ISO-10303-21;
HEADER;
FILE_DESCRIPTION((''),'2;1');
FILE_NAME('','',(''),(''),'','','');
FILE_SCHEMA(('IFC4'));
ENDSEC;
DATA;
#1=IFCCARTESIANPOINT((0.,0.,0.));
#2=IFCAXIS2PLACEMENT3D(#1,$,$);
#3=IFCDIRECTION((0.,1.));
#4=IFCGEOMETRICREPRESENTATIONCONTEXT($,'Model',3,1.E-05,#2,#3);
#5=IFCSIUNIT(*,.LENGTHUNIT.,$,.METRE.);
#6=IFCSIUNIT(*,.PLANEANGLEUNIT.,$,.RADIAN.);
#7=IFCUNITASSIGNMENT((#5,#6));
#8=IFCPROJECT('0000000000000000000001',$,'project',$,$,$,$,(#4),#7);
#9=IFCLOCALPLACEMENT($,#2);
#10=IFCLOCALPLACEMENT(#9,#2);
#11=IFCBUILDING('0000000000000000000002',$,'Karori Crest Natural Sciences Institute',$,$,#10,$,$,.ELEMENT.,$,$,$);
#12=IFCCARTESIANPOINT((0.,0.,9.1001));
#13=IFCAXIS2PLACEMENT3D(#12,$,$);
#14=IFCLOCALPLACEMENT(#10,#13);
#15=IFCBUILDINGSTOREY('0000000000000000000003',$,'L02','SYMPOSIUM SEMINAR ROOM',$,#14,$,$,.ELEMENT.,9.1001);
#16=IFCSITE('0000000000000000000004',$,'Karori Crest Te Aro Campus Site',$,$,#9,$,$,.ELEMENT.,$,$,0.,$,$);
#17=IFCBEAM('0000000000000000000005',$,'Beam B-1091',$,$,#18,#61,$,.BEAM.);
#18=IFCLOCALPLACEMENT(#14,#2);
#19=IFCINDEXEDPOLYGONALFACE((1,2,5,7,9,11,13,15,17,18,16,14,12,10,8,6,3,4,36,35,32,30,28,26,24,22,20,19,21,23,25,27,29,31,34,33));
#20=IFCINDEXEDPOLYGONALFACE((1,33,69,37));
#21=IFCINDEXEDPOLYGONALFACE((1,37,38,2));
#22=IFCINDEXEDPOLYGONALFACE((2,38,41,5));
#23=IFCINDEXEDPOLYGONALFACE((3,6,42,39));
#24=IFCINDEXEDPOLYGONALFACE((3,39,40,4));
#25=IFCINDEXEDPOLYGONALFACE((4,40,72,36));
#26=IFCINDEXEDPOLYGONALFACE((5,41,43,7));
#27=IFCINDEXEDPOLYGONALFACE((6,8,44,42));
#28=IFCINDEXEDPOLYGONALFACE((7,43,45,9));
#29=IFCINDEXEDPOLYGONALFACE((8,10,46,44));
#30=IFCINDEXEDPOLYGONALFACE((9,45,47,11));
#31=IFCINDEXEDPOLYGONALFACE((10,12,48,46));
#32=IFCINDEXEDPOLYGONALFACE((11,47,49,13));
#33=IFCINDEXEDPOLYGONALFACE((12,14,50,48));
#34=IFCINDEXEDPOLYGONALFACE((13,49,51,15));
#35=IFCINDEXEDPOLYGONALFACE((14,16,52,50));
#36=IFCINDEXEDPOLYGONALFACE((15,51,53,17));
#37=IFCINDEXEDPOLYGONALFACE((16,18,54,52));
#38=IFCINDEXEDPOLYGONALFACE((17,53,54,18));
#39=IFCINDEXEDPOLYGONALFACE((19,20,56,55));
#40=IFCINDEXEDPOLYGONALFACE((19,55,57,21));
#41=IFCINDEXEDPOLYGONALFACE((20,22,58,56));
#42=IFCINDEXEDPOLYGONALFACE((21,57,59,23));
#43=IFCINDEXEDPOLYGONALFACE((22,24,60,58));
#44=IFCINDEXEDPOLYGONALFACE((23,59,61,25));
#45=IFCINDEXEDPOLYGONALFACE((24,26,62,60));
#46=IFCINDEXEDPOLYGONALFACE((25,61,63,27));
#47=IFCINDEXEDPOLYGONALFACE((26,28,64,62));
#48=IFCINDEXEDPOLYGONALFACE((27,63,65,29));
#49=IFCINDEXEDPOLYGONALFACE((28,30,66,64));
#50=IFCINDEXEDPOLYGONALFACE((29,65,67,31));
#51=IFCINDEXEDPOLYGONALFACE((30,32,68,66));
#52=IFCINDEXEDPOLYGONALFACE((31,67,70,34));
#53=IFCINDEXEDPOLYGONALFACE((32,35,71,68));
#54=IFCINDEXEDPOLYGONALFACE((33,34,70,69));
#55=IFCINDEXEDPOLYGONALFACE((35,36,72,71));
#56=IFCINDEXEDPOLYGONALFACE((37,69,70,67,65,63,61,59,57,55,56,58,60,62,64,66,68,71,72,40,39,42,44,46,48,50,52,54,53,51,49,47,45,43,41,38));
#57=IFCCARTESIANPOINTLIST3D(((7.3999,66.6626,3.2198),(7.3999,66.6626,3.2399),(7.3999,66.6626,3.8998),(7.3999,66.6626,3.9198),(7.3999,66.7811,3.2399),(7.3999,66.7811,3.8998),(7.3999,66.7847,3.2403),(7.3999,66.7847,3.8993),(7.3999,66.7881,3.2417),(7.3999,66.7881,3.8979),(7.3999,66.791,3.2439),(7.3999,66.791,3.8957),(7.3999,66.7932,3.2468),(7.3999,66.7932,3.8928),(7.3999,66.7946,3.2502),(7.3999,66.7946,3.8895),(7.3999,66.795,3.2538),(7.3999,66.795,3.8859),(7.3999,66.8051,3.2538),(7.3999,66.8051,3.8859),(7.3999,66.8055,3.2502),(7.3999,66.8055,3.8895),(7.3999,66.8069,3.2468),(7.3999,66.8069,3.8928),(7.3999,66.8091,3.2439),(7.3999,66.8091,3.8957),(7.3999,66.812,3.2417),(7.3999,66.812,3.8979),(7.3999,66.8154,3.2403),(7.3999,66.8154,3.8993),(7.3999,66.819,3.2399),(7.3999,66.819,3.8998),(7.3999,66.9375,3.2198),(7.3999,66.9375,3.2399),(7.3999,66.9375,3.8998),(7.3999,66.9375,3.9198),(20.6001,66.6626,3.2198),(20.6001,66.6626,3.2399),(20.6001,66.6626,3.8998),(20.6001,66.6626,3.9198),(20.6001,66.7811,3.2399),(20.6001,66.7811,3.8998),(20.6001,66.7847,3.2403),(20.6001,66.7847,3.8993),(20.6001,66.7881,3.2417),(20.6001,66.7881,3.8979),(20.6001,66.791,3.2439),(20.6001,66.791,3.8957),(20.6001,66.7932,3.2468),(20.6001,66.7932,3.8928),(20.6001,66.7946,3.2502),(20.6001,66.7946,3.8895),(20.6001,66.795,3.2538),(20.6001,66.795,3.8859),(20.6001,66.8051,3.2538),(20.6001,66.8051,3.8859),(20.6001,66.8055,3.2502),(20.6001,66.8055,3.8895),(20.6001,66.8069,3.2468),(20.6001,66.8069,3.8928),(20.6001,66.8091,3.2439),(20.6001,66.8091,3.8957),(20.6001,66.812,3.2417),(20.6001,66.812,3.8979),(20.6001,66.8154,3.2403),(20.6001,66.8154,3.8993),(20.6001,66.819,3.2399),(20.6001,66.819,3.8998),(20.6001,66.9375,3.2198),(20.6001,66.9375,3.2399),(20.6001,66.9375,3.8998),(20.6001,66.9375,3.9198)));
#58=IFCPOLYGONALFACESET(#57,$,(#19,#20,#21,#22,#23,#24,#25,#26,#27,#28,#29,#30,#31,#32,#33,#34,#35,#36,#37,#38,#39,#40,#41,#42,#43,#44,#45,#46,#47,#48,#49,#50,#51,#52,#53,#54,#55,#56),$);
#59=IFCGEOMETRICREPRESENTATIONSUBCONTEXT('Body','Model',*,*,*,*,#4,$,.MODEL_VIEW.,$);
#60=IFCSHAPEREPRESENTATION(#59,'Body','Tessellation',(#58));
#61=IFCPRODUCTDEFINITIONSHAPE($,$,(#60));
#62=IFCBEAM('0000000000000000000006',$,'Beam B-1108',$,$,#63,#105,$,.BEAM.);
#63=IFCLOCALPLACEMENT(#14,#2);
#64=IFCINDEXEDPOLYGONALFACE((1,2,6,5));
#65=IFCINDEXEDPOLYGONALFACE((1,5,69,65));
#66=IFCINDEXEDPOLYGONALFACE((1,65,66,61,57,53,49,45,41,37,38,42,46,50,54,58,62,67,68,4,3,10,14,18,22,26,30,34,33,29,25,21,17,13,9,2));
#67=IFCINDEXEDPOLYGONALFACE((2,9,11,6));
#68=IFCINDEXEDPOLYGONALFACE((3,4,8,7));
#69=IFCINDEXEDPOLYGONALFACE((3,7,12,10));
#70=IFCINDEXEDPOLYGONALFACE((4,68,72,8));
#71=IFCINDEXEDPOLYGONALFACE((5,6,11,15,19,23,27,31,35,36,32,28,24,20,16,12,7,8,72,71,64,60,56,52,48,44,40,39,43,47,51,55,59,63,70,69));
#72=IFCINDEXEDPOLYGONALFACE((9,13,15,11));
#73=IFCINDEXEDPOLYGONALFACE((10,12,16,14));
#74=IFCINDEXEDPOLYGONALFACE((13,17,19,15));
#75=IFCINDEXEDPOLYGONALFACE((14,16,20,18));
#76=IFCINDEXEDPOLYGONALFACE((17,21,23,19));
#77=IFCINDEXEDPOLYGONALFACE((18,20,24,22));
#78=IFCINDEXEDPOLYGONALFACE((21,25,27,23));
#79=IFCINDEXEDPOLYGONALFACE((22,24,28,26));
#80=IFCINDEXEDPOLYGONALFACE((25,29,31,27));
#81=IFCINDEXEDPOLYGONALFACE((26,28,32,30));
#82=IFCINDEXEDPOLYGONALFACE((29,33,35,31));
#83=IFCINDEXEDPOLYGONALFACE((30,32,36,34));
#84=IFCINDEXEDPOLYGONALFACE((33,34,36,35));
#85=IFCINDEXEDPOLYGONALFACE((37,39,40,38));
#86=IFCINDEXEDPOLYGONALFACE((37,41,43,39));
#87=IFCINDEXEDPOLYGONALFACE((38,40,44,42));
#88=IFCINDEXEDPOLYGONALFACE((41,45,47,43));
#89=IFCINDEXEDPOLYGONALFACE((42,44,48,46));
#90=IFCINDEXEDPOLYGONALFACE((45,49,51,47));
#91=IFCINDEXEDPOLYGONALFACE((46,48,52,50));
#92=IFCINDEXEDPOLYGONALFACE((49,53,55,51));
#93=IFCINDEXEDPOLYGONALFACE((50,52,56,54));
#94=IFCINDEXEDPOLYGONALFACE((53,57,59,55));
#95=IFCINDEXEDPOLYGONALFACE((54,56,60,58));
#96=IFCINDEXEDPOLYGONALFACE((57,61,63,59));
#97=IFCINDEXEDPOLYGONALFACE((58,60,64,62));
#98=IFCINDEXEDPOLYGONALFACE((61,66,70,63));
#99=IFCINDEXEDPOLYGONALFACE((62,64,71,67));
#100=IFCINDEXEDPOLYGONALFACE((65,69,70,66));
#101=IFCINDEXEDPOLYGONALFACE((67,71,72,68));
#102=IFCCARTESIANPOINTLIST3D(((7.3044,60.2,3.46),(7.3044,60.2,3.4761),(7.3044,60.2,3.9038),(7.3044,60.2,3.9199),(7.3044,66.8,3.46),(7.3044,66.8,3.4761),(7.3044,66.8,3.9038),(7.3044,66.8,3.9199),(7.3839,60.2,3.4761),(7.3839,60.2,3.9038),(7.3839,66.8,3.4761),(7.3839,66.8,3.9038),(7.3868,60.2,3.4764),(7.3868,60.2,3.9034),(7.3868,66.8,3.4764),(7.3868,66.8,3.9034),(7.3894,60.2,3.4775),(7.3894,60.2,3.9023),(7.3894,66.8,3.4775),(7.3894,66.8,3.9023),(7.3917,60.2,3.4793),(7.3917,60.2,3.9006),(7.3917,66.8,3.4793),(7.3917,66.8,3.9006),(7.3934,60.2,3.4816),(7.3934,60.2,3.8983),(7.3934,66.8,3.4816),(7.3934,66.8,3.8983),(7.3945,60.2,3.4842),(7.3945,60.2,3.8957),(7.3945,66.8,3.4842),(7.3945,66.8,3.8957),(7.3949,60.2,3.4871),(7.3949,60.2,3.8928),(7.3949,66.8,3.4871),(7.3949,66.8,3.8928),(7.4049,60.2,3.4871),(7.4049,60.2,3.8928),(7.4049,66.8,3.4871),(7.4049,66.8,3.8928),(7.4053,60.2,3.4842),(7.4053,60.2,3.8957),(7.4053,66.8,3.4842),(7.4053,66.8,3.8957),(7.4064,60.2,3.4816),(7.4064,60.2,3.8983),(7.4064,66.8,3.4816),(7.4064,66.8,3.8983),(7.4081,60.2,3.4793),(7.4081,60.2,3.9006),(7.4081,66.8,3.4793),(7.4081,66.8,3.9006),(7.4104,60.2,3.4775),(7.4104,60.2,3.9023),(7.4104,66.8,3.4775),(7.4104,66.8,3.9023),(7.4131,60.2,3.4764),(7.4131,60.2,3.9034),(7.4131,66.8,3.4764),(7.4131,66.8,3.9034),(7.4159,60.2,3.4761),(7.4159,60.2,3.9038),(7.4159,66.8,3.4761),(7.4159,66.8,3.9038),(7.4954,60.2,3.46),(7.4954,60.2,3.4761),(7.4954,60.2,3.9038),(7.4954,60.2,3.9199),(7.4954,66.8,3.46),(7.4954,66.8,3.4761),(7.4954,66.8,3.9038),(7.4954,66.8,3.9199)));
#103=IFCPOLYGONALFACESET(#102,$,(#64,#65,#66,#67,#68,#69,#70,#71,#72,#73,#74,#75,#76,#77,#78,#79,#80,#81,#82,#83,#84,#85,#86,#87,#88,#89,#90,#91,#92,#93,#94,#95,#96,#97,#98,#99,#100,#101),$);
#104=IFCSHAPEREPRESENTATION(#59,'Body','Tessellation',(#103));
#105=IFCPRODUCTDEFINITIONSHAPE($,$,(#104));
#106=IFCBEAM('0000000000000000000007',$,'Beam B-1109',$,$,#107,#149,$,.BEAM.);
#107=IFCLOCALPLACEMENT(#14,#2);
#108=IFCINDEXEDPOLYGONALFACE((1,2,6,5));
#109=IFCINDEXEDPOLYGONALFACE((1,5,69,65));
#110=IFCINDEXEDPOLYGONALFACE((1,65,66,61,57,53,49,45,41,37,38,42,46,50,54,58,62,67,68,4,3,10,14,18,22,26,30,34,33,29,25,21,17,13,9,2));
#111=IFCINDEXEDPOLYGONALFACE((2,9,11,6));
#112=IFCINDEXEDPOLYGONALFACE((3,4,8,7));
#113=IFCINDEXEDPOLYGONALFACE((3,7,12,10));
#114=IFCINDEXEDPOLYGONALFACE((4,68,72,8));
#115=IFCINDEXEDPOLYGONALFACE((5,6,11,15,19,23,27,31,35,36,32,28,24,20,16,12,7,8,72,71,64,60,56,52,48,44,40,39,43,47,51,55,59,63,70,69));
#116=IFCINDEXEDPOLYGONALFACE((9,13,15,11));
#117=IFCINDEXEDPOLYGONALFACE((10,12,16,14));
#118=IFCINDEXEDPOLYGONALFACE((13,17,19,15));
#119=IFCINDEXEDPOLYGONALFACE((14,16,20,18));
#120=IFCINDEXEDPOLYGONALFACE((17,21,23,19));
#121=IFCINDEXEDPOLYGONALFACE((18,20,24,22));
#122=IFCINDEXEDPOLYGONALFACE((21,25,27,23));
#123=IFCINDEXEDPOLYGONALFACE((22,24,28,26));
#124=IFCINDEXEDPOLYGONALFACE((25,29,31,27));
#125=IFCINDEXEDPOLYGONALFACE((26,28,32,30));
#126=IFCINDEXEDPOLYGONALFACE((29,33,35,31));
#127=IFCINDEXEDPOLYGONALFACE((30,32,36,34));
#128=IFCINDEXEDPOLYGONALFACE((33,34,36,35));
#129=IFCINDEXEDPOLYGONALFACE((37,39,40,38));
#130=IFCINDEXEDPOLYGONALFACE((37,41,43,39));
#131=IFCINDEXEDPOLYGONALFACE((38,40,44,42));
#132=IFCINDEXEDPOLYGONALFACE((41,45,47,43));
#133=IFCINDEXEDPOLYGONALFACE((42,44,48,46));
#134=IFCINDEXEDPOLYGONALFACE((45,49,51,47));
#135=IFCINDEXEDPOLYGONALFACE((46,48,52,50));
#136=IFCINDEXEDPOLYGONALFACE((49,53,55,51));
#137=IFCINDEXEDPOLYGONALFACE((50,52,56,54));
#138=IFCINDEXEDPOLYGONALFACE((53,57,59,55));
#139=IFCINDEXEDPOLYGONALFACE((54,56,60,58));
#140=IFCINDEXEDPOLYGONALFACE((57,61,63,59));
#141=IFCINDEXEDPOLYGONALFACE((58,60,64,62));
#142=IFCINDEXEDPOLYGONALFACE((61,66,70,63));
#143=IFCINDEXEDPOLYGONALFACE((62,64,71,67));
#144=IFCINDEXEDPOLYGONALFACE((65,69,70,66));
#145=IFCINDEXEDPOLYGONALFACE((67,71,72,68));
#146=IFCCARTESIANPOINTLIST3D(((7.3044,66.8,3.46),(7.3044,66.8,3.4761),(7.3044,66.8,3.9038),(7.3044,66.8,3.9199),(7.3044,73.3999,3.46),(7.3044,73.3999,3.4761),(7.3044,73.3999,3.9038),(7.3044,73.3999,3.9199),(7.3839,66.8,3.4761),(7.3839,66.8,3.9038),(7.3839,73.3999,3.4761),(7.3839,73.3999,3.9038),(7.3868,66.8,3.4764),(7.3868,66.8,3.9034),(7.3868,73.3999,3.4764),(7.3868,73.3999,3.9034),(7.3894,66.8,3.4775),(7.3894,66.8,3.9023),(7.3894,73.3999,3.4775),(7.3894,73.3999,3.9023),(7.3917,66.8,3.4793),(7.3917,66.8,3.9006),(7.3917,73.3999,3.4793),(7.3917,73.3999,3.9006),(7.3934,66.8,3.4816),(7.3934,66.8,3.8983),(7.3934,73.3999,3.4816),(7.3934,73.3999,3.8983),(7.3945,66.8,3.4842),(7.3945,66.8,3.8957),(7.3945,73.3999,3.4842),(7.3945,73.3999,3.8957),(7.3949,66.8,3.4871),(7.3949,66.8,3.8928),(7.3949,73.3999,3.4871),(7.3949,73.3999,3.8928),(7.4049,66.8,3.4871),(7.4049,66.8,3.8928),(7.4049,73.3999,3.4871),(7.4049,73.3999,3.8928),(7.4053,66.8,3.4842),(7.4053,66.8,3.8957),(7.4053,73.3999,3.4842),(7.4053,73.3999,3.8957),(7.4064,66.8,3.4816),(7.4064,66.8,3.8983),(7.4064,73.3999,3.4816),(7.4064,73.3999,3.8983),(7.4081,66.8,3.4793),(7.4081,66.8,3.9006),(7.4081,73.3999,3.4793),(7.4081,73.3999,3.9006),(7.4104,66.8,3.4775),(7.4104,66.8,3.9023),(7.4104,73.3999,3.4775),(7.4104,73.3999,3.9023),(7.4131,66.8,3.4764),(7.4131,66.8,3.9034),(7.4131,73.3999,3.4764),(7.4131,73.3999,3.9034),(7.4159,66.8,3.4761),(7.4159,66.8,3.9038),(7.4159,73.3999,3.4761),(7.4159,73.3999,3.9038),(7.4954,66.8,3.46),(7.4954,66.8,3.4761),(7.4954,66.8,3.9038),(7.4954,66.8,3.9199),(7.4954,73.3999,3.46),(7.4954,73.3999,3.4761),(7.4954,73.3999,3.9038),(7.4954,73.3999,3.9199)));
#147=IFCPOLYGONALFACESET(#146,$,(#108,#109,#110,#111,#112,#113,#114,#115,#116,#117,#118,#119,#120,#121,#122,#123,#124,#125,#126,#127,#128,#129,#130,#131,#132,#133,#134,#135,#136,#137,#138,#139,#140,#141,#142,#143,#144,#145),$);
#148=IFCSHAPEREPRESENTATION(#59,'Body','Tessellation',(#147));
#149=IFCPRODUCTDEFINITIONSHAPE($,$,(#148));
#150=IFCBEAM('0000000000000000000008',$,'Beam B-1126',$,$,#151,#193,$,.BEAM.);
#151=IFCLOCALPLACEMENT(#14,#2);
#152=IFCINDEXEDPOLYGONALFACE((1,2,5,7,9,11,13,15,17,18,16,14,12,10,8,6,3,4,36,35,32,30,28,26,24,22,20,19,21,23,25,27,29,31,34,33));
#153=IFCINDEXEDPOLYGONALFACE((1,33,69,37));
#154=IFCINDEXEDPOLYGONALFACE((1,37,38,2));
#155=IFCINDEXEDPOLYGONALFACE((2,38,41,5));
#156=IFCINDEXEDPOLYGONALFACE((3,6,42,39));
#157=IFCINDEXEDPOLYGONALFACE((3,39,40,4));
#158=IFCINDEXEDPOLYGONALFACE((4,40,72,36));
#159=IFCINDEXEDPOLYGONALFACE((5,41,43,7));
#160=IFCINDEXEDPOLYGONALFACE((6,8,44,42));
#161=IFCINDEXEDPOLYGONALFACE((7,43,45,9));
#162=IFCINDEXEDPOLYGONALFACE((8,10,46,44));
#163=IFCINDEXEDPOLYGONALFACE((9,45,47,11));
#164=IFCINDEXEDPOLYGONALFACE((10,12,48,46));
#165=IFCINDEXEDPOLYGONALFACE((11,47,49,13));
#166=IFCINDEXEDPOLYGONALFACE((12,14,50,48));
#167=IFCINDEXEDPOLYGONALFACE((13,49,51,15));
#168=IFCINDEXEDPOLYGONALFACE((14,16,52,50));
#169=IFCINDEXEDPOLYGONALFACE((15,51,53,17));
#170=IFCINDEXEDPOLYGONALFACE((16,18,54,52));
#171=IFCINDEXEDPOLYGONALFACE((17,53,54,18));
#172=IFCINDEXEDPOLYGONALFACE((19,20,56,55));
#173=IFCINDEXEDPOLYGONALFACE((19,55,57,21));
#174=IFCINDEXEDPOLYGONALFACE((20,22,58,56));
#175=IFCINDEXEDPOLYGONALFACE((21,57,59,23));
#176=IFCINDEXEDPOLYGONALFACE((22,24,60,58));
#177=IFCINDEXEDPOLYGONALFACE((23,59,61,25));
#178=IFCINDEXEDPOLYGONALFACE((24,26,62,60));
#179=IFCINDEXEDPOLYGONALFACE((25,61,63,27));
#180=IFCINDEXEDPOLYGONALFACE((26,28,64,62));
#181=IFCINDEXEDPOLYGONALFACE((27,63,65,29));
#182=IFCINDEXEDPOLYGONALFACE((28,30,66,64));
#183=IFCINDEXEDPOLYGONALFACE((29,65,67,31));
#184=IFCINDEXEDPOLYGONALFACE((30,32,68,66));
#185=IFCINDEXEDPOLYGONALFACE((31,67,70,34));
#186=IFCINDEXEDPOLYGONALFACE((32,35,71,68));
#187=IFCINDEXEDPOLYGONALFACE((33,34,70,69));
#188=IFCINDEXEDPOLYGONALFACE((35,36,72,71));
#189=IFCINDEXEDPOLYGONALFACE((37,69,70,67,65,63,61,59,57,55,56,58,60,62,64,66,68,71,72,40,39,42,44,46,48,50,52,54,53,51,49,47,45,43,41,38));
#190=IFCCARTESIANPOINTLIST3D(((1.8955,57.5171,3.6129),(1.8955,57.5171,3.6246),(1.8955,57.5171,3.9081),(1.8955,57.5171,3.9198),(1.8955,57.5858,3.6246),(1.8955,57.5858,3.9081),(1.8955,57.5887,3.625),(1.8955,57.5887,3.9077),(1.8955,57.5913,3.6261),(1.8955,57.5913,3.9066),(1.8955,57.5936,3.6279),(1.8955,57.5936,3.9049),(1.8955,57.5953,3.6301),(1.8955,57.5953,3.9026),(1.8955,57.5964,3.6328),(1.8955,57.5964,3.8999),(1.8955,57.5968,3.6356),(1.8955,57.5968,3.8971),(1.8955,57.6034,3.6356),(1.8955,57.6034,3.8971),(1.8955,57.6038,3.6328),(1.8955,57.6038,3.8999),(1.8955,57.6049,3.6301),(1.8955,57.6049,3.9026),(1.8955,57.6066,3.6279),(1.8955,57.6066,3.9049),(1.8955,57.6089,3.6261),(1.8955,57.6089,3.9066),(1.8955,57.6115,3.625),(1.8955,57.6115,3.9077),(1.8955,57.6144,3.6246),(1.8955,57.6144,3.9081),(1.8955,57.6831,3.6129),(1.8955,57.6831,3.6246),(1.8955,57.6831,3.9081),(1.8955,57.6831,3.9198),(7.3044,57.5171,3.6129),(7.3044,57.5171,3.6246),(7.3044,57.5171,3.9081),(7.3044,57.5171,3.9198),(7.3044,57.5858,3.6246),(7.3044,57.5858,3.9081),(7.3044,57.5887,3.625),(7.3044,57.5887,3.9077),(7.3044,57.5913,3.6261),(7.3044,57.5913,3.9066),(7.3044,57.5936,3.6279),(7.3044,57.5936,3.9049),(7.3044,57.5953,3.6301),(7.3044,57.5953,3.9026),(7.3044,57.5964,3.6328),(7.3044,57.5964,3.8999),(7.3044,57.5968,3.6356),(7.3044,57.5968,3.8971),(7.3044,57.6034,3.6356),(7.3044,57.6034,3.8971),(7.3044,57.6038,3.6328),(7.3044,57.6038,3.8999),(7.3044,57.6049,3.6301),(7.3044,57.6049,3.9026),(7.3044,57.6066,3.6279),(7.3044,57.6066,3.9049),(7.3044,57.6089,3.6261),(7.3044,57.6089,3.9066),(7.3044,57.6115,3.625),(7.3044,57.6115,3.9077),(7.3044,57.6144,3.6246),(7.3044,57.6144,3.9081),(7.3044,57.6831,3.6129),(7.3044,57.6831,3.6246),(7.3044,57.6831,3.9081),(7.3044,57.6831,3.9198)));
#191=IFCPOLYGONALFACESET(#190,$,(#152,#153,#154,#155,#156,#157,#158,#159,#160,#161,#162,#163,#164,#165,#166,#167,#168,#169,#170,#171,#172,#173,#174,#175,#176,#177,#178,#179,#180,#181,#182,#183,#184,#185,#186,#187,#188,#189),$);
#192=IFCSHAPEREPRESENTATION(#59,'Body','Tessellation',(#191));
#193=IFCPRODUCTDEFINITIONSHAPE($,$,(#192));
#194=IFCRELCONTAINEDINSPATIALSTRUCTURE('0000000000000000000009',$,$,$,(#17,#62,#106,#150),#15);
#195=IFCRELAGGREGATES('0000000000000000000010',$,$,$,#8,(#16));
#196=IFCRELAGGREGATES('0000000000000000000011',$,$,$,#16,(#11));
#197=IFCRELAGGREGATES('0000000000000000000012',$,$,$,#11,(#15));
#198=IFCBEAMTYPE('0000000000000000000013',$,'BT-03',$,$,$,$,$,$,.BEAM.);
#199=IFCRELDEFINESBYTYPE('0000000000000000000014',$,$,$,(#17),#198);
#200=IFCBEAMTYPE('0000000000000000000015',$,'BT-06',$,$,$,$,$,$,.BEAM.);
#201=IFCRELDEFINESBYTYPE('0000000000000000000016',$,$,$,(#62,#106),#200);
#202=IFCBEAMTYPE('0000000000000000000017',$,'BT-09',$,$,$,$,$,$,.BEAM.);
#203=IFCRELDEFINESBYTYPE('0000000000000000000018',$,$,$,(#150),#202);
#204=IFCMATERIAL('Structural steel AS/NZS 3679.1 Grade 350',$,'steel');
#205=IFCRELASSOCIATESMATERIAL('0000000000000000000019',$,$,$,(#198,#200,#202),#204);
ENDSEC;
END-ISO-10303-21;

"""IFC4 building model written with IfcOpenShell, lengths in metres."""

from ifc_helpers import new_model, si_unit, direction, frame, origin, origin_2d, place, context, subcontext, project, spatial, i_section, extrude, material, material_profile, profile_set, type_object, element, save


model = new_model("IFC4")

# Units and contexts
model_context = context("Model", 3, precision=1e-05, world=origin(), true_north=direction((0.0, 1.0)))
body_context = subcontext(model_context, "Body", "Model", "MODEL_VIEW")
ifc_project = project(units=[si_unit("LENGTHUNIT", "METRE"), si_unit("PLANEANGLEUNIT", "RADIAN")], contexts=[model_context])

# Site, building, storey
site_placement = place(None, origin())
site = spatial("IfcSite", under=ifc_project, at=site_placement, Name="Karori Crest Te Aro Campus Site", CompositionType="ELEMENT", RefElevation=0.0)
building_placement = place(site_placement, origin())
building = spatial("IfcBuilding", under=site, at=building_placement, Name="Karori Crest Natural Sciences Institute", CompositionType="ELEMENT")
storey_placement = place(building_placement, frame((0.0, 0.0, 9.1001)))
storey = spatial("IfcBuildingStorey", under=building, at=storey_placement, Name="L02", Description="SYMPOSIUM SEMINAR ROOM", CompositionType="ELEMENT", Elevation=9.1001)

# Shared definitions
ifc_material_1 = material(Name="Structural steel AS/NZS 3679.1 Grade 350", Category="steel")

# Beams
ifc_material_profile_1 = material_profile(ifc_material_1, i_section(OverallWidth=0.2749, OverallDepth=0.7, WebThickness=0.01, FlangeThickness=0.02, FilletRadius=0.0139, at=origin_2d()), Name="700WB150")
ifc_profile_set_1 = profile_set([ifc_material_profile_1], Name="Structural steel AS/NZS 3679.1 Grade 350")
beam_type_1 = type_object("IfcBeamType", Name="BT-03", PredefinedType="BEAM", material=ifc_profile_set_1)
for number, where, z_axis, x_axis, name in (
    (1, (7.3999, 66.8, 3.5698), (1.0, 0.0, 0.0), (0.0, 1.0, 0.0), "Beam B-1091"),
):
    element("IfcBeam", number, at=place(storey_placement, frame(where, z_axis=z_axis, x_axis=x_axis)), inside=storey, type_object=beam_type_1, Name=name, PredefinedType="BEAM", context=body_context, shape_type="SweptSolid", body=[
        extrude(i_section(OverallWidth=0.2749, OverallDepth=0.7, WebThickness=0.01, FlangeThickness=0.02, FilletRadius=0.0139, at=origin_2d()), origin(), (0.0, 0.0, 1.0), 13.2002),
    ])
ifc_material_profile_2 = material_profile(ifc_material_1, i_section(OverallWidth=0.1909, OverallDepth=0.46, WebThickness=0.01, FlangeThickness=0.0161, FilletRadius=0.011, at=origin_2d()), Name="460UB82.1")
ifc_profile_set_2 = profile_set([ifc_material_profile_2], Name="Structural steel AS/NZS 3679.1 Grade 350")
beam_type_2 = type_object("IfcBeamType", Name="BT-06", PredefinedType="BEAM", material=ifc_profile_set_2)
beam_1_placement = place(storey_placement, frame((7.3999, 60.2, 3.6899), z_axis=(0.0, 1.0, 0.0), x_axis=(-1.0, 0.0, 0.0)))
element("IfcBeam", 2, at=beam_1_placement, inside=storey, type_object=beam_type_2, Name="Beam B-1108", PredefinedType="BEAM", context=body_context, shape_type="SweptSolid", body=[
    extrude(i_section(OverallWidth=0.1909, OverallDepth=0.46, WebThickness=0.01, FlangeThickness=0.0161, FilletRadius=0.011, at=origin_2d()), origin(), (0.0, 0.0, 1.0), 6.6001),
])
beam_2_placement = place(storey_placement, frame((7.3999, 66.8, 3.6899), z_axis=(0.0, 1.0, 0.0), x_axis=(-1.0, 0.0, 0.0)))
element("IfcBeam", 3, at=beam_2_placement, inside=storey, type_object=beam_type_2, Name="Beam B-1109", PredefinedType="BEAM", context=body_context, shape_type="SweptSolid", body=[
    extrude(i_section(OverallWidth=0.1909, OverallDepth=0.46, WebThickness=0.01, FlangeThickness=0.0161, FilletRadius=0.011, at=origin_2d()), origin(), (0.0, 0.0, 1.0), 6.5999),
])
ifc_material_profile_3 = material_profile(ifc_material_1, i_section(OverallWidth=0.166, OverallDepth=0.3069, WebThickness=0.0066, FlangeThickness=0.0117, FilletRadius=0.011, at=origin_2d()), Name="310UB46.2")
ifc_profile_set_3 = profile_set([ifc_material_profile_3], Name="Structural steel AS/NZS 3679.1 Grade 350")
beam_type_3 = type_object("IfcBeamType", Name="BT-09", PredefinedType="BEAM", material=ifc_profile_set_3)
for number, where, z_axis, x_axis, name in (
    (4, (1.8955, 57.6001, 3.7664), (1.0, 0.0, 0.0), (0.0, 1.0, 0.0), "Beam B-1126"),
):
    element("IfcBeam", number, at=place(storey_placement, frame(where, z_axis=z_axis, x_axis=x_axis)), inside=storey, type_object=beam_type_3, Name=name, PredefinedType="BEAM", context=body_context, shape_type="SweptSolid", body=[
        extrude(i_section(OverallWidth=0.166, OverallDepth=0.3069, WebThickness=0.0066, FlangeThickness=0.0117, FilletRadius=0.011, at=origin_2d()), origin(), (0.0, 0.0, 1.0), 5.4089),
    ])

save(model, "model.ifc")
